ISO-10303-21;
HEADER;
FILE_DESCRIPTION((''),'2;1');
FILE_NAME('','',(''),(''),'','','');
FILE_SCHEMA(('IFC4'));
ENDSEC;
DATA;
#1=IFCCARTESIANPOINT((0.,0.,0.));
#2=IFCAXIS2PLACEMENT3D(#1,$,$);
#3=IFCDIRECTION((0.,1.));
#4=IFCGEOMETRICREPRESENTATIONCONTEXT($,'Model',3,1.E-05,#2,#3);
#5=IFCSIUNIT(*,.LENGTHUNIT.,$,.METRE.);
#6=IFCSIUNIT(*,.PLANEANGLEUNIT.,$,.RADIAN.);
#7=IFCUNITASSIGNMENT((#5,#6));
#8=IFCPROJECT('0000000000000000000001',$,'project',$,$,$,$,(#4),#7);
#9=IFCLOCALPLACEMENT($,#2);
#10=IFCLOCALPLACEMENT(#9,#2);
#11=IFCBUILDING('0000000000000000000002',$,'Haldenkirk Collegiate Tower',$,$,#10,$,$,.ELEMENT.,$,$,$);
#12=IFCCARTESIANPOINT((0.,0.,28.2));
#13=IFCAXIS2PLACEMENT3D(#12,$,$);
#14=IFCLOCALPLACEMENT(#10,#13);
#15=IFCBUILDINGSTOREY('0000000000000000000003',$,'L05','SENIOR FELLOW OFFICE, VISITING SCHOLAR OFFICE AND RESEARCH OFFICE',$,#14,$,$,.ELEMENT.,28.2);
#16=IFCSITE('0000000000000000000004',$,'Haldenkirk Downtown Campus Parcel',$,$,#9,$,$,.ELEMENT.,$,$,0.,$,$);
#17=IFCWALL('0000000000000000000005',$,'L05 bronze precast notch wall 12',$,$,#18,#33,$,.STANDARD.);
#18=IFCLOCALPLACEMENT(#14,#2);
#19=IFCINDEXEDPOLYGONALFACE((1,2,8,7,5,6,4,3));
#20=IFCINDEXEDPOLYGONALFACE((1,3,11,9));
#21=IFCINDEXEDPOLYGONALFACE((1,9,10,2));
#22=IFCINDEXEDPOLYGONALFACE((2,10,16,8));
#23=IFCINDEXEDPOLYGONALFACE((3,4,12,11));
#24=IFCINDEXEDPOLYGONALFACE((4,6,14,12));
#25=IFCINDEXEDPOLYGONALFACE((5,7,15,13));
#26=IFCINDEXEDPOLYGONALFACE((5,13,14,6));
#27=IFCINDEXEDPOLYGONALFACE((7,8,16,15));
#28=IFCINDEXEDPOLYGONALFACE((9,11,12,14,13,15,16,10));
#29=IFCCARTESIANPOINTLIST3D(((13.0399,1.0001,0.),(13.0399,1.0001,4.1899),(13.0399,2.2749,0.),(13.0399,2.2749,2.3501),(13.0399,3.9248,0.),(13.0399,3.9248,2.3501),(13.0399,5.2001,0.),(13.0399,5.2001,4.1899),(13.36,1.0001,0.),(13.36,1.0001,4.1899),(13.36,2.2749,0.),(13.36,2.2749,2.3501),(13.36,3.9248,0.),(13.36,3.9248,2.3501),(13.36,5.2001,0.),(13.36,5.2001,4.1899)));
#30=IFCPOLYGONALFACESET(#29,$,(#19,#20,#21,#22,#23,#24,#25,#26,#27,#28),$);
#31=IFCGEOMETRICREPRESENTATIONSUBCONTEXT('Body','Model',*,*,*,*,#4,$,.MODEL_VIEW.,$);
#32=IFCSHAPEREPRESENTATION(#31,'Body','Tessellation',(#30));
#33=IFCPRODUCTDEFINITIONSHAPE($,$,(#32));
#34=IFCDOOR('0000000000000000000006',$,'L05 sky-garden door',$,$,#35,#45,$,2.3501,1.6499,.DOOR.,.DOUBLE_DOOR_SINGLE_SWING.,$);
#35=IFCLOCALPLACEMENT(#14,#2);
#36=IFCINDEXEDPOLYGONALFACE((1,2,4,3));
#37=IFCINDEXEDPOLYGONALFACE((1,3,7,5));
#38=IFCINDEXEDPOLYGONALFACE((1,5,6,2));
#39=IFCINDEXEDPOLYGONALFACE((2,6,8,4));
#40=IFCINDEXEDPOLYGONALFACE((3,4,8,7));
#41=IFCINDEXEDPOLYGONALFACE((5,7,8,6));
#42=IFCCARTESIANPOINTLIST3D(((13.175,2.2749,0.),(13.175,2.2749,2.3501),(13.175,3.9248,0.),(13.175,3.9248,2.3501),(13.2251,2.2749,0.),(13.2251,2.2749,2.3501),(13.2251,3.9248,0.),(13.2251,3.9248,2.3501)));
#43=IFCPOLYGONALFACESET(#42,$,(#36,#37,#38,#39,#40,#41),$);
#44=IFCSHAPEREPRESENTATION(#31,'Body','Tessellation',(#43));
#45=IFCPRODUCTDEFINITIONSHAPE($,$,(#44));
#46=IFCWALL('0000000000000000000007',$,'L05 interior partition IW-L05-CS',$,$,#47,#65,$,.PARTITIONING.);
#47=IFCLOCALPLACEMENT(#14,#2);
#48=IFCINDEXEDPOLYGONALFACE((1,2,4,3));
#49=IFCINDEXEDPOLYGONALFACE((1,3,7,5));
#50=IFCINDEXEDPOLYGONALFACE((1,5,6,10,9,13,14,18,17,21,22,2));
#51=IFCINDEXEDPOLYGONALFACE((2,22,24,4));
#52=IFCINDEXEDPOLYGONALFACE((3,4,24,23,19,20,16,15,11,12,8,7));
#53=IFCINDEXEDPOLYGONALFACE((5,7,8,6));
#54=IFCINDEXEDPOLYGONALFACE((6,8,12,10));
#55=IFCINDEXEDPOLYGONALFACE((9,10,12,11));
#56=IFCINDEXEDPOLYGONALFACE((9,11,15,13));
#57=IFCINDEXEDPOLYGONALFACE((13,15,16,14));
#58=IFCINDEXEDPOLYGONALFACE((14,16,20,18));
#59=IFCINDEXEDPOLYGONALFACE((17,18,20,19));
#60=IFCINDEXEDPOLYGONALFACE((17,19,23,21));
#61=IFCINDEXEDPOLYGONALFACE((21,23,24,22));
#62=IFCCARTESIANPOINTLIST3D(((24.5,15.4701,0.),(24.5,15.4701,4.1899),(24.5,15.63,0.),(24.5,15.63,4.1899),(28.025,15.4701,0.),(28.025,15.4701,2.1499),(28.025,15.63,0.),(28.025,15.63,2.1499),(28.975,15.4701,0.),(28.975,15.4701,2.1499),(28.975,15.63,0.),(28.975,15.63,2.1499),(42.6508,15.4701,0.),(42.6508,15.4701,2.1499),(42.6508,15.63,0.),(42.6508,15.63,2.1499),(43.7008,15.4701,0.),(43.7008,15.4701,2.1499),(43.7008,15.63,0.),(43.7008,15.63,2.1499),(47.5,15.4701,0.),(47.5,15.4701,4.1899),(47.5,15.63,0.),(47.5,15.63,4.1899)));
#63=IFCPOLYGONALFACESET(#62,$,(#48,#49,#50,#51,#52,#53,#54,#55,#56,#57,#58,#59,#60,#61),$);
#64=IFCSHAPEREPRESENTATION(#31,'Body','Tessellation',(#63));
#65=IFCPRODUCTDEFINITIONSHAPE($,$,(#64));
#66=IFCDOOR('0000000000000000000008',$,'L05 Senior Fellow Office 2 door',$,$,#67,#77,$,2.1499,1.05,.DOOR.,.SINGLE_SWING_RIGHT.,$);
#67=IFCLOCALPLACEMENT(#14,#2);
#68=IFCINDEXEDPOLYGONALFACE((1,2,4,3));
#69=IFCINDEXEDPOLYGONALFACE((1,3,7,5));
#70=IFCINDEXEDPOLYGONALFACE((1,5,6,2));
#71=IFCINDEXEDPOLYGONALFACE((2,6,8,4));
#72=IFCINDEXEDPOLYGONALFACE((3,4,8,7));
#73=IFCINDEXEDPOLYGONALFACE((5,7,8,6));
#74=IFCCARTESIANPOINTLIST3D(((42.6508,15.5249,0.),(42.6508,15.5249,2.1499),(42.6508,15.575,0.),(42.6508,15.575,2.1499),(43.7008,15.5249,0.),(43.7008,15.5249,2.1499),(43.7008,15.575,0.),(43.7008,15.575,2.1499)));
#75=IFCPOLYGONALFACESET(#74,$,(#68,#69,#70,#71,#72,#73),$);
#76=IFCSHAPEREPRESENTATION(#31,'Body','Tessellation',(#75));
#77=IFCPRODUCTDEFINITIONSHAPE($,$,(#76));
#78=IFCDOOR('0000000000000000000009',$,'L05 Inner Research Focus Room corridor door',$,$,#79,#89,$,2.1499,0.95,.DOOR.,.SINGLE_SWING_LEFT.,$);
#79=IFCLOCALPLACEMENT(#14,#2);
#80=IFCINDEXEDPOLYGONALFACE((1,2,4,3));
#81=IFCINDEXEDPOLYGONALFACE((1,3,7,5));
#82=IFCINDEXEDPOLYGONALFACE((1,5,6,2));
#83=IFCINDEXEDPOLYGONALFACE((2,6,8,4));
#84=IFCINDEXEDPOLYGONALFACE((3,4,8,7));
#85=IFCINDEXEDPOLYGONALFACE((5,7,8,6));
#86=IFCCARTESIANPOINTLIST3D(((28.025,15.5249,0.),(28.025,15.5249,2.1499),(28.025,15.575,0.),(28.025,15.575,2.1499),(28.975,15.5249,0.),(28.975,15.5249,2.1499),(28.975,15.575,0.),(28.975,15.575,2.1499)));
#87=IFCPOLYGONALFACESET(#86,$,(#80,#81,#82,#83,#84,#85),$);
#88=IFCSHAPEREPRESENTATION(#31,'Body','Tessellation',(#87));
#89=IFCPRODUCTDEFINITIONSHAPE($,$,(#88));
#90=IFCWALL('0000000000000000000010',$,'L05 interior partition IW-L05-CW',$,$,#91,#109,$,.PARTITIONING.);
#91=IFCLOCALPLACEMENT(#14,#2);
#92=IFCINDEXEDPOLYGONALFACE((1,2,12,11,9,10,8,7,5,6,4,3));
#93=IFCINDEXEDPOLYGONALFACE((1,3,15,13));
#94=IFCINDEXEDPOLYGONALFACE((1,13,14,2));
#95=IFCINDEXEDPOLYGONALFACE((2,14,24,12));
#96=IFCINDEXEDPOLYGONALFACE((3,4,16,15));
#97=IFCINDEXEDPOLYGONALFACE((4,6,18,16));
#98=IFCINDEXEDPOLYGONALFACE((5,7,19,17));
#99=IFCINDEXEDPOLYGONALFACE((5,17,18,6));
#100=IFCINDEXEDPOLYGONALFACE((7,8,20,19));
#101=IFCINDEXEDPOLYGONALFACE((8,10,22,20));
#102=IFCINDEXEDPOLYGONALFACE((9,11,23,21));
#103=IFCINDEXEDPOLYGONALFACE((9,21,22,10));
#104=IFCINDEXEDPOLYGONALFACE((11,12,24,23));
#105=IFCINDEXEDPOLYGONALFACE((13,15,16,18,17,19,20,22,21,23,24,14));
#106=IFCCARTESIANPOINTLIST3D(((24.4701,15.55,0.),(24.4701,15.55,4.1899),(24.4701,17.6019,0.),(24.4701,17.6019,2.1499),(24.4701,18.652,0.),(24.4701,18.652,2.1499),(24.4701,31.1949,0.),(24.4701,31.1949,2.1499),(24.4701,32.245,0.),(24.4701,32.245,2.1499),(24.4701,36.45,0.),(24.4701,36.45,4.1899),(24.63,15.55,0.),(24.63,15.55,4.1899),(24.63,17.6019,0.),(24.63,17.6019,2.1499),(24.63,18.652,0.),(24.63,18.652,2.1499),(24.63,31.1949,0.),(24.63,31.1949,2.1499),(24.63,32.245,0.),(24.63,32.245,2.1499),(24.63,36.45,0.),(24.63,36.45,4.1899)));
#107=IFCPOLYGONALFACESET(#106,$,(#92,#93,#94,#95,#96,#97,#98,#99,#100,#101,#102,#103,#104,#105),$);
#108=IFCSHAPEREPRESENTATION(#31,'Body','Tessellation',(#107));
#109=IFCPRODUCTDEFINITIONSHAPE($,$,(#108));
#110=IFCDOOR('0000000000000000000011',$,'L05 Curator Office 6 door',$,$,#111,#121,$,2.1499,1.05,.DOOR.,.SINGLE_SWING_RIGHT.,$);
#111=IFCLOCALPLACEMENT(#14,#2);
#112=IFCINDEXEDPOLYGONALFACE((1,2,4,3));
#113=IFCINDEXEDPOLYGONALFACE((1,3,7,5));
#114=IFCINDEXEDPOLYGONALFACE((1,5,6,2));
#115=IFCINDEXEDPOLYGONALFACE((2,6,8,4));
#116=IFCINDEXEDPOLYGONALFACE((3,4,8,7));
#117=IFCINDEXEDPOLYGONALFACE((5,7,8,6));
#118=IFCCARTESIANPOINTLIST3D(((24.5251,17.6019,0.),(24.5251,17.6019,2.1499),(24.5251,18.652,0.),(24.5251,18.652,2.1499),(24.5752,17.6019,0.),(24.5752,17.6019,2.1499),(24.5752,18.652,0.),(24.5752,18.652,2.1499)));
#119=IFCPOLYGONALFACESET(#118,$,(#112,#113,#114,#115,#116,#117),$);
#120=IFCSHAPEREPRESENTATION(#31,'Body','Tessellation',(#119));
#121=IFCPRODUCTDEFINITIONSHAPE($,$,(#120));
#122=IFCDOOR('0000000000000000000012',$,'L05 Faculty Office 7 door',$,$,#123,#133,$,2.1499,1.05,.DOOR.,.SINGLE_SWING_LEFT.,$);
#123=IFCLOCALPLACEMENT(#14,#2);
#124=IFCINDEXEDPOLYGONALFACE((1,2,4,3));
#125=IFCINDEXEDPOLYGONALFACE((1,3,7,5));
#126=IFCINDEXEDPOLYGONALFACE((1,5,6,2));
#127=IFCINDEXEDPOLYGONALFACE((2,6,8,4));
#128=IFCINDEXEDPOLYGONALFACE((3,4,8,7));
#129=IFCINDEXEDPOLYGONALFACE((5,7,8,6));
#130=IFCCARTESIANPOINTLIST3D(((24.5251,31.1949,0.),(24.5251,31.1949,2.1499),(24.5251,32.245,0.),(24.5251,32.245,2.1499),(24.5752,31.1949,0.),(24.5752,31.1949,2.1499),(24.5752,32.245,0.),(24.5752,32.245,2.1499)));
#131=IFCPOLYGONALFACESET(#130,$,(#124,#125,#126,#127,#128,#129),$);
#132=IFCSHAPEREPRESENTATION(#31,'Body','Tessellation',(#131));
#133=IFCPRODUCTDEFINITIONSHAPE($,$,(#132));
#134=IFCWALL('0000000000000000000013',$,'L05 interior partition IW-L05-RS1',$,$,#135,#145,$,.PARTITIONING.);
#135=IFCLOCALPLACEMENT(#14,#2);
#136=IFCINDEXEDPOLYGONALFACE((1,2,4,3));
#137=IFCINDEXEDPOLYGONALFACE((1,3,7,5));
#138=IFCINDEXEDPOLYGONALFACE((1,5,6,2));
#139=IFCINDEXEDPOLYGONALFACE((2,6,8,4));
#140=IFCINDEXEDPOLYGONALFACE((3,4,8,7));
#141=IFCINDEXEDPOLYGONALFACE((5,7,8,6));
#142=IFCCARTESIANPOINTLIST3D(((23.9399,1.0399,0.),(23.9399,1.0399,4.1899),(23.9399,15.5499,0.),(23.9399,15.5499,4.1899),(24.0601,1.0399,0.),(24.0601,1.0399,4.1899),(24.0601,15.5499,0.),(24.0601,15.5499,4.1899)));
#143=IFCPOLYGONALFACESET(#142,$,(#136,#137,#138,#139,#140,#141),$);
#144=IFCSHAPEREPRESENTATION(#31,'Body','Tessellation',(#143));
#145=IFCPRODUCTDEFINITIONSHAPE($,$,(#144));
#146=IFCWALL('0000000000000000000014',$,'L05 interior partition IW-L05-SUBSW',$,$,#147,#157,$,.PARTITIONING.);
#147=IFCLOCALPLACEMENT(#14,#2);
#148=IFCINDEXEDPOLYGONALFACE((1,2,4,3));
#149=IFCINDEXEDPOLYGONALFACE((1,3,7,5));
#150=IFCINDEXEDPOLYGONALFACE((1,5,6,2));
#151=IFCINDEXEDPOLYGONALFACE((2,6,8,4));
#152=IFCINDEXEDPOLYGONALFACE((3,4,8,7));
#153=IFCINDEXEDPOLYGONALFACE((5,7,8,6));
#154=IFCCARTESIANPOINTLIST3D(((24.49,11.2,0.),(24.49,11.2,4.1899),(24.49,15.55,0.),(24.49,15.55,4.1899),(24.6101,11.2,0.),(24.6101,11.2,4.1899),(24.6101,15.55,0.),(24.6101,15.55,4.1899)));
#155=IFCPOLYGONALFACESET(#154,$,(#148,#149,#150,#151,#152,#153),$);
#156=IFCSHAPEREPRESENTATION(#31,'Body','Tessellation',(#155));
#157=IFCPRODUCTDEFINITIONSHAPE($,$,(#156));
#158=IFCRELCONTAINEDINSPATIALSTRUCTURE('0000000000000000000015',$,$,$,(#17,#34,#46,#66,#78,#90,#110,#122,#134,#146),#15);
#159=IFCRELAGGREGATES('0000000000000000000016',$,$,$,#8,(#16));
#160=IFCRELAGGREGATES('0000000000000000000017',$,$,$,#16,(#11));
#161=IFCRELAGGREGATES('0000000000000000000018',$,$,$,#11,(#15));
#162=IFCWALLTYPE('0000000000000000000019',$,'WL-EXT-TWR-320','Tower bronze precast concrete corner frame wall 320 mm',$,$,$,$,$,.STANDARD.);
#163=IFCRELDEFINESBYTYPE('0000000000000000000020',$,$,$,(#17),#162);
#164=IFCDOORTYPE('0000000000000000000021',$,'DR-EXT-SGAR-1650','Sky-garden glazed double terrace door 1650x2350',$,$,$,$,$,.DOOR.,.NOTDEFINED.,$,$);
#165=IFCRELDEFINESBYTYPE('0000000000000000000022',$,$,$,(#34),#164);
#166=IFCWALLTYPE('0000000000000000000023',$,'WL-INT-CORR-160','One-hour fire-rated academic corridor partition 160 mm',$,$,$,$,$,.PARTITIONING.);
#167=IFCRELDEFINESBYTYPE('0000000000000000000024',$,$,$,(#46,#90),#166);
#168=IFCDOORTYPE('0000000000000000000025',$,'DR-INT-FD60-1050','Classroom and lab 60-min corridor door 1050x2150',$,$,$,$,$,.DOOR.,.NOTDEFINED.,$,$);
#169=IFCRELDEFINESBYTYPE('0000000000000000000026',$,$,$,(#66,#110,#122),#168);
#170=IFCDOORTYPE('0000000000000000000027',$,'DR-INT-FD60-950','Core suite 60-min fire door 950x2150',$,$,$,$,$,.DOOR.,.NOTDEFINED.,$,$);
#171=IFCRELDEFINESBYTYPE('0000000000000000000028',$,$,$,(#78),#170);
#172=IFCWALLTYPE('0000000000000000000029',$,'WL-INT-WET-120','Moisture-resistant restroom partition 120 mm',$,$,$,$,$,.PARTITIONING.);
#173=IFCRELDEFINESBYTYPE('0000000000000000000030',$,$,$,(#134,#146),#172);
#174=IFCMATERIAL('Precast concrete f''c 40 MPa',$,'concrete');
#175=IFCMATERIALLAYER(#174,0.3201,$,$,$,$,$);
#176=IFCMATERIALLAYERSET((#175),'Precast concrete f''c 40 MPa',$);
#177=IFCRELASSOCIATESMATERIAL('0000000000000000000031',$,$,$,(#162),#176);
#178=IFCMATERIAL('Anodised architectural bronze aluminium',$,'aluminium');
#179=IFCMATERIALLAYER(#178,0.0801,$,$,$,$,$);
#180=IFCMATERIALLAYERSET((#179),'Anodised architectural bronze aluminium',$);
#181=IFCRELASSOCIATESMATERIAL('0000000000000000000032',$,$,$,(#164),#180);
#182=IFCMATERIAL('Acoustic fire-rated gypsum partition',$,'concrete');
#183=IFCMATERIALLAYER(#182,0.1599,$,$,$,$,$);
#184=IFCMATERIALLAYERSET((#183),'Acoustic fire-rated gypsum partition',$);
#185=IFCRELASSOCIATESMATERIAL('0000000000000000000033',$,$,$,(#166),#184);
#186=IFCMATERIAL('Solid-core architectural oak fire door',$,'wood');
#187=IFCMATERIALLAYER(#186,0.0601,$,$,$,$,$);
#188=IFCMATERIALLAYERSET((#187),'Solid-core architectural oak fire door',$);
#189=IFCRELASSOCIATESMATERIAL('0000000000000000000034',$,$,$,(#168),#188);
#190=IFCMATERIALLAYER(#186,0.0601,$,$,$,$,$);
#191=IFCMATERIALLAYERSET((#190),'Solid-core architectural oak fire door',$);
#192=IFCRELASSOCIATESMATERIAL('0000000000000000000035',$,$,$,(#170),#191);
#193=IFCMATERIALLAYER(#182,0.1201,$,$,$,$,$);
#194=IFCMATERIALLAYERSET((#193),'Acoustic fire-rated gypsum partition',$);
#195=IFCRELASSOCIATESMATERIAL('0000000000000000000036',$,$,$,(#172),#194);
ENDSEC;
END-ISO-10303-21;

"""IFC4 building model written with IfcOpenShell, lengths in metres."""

from ifc_helpers import new_model, si_unit, direction, frame, frame_2d, origin, place, context, subcontext, project, spatial, rectangle, extrude, material, layer, layer_set, type_object, element, fill, save


model = new_model("IFC4")

# Units and contexts
model_context = context("Model", 3, precision=1e-05, world=origin(), true_north=direction((0.0, 1.0)))
body_context = subcontext(model_context, "Body", "Model", "MODEL_VIEW")
ifc_project = project(units=[si_unit("LENGTHUNIT", "METRE"), si_unit("PLANEANGLEUNIT", "RADIAN")], contexts=[model_context])

# Site, building, storey
site_placement = place(None, origin())
site = spatial("IfcSite", under=ifc_project, at=site_placement, Name="Haldenkirk Downtown Campus Parcel", CompositionType="ELEMENT", RefElevation=0.0)
building_placement = place(site_placement, origin())
building = spatial("IfcBuilding", under=site, at=building_placement, Name="Haldenkirk Collegiate Tower", CompositionType="ELEMENT")
storey_placement = place(building_placement, frame((0.0, 0.0, 28.2)))
storey = spatial("IfcBuildingStorey", under=building, at=storey_placement, Name="L05", Description="SENIOR FELLOW OFFICE, VISITING SCHOLAR OFFICE AND RESEARCH OFFICE", CompositionType="ELEMENT", Elevation=28.2)

# Shared definitions
ifc_material_1 = material(Name="Anodised architectural bronze aluminium", Category="aluminium")

# Shared definitions
ifc_material_2 = material(Name="Precast concrete f'c 40 MPa", Category="concrete")
ifc_layer_1 = layer(ifc_material_2, 0.3201)
ifc_layer_set_1 = layer_set([ifc_layer_1], Name="Precast concrete f'c 40 MPa")
wall_type_1 = type_object("IfcWallType", Name="WL-EXT-TWR-320", Description="Tower bronze precast concrete corner frame wall 320 mm", PredefinedType="STANDARD", material=ifc_layer_set_1)

# Wall, opening, door
wall_1_placement = place(storey_placement, frame((13.2, 1.0, 0.0), z_axis=(0.0, 0.0, 1.0), x_axis=(0.0, 1.0, 0.0)))
wall_1 = element("IfcWall", 1, at=wall_1_placement, inside=storey, type_object=wall_type_1, Name="L05 bronze precast notch wall 12", PredefinedType="STANDARD", context=body_context, shape_type="SweptSolid", body=[
    extrude(rectangle(XDim=4.2, YDim=0.3201, at=frame_2d((2.1001, 0.0))), origin(), (0.0, 0.0, 1.0), 4.1899),
])
opening_1_placement = place(wall_1_placement, frame((1.2749, 0.0, 0.0)))
opening_1 = element("IfcOpeningElement", 2, at=opening_1_placement, cuts=wall_1, PredefinedType="OPENING", context=body_context, shape_type="SweptSolid", body=[
    extrude(rectangle(XDim=1.6499, YDim=2.3501, at=frame_2d((0.825, 1.175))), frame((0.0, 0.1699, 0.0), z_axis=(0.0, -1.0, 0.0), x_axis=(1.0, 0.0, 0.0)), (0.0, 0.0, 1.0), 0.3401),
])
ifc_layer_2 = layer(ifc_material_1, 0.0801)
ifc_layer_set_2 = layer_set([ifc_layer_2], Name="Anodised architectural bronze aluminium")
door_type_1 = type_object("IfcDoorType", Name="DR-EXT-SGAR-1650", Description="Sky-garden glazed double terrace door 1650x2350", OperationType="NOTDEFINED", PredefinedType="DOOR", material=ifc_layer_set_2)
door_1_placement = place(opening_1_placement, origin())
door_1 = element("IfcDoor", 3, at=door_1_placement, inside=storey, type_object=door_type_1, Name="L05 sky-garden door", OperationType="DOUBLE_DOOR_SINGLE_SWING", OverallHeight=2.3501, OverallWidth=1.6499, PredefinedType="DOOR", context=body_context, shape_type="SweptSolid", body=[
    extrude(rectangle(XDim=1.6499, YDim=2.3501, at=frame_2d((0.825, 1.175))), frame((0.0, 0.0249, 0.0), z_axis=(0.0, -1.0, 0.0), x_axis=(1.0, 0.0, 0.0)), (0.0, 0.0, 1.0), 0.05),
])
fill(opening_1, door_1)

# Walls, openings, doors
ifc_material_3 = material(Name="Acoustic fire-rated gypsum partition", Category="concrete")
ifc_layer_3 = layer(ifc_material_3, 0.1599)
ifc_layer_set_3 = layer_set([ifc_layer_3], Name="Acoustic fire-rated gypsum partition")
wall_type_2 = type_object("IfcWallType", Name="WL-INT-CORR-160", Description="One-hour fire-rated academic corridor partition 160 mm", PredefinedType="PARTITIONING", material=ifc_layer_set_3)
wall_2_placement = place(storey_placement, frame((24.5, 15.55, 0.0), z_axis=(0.0, 0.0, 1.0), x_axis=(1.0, 0.0, 0.0)))
wall_2 = element("IfcWall", 4, at=wall_2_placement, inside=storey, type_object=wall_type_2, Name="L05 interior partition IW-L05-CS", PredefinedType="PARTITIONING", context=body_context, shape_type="SweptSolid", body=[
    extrude(rectangle(XDim=23.0, YDim=0.1599, at=frame_2d((11.5, 0.0))), origin(), (0.0, 0.0, 1.0), 4.1899),
])
opening_2_placement = place(wall_2_placement, frame((3.5249, 0.0, 0.0)))
opening_2 = element("IfcOpeningElement", 5, at=opening_2_placement, cuts=wall_2, PredefinedType="OPENING", context=body_context, shape_type="SweptSolid", body=[
    extrude(rectangle(XDim=0.95, YDim=2.1499, at=frame_2d((0.4751, 1.075))), frame((0.0, 0.0898, 0.0), z_axis=(0.0, -1.0, 0.0), x_axis=(1.0, 0.0, 0.0)), (0.0, 0.0, 1.0), 0.1799),
])
opening_3_placement = place(wall_2_placement, frame((18.1509, 0.0, 0.0)))
opening_3 = element("IfcOpeningElement", 6, at=opening_3_placement, cuts=wall_2, PredefinedType="OPENING", context=body_context, shape_type="SweptSolid", body=[
    extrude(rectangle(XDim=1.05, YDim=2.1499, at=frame_2d((0.5249, 1.075))), frame((0.0, 0.0898, 0.0), z_axis=(0.0, -1.0, 0.0), x_axis=(1.0, 0.0, 0.0)), (0.0, 0.0, 1.0), 0.1799),
])
ifc_material_4 = material(Name="Solid-core architectural oak fire door", Category="wood")
ifc_layer_4 = layer(ifc_material_4, 0.0601)
ifc_layer_set_4 = layer_set([ifc_layer_4], Name="Solid-core architectural oak fire door")
door_type_2 = type_object("IfcDoorType", Name="DR-INT-FD60-1050", Description="Classroom and lab 60-min corridor door 1050x2150", OperationType="NOTDEFINED", PredefinedType="DOOR", material=ifc_layer_set_4)
door_2_placement = place(opening_3_placement, origin())
door_2 = element("IfcDoor", 7, at=door_2_placement, inside=storey, type_object=door_type_2, Name="L05 Senior Fellow Office 2 door", OperationType="SINGLE_SWING_RIGHT", OverallHeight=2.1499, OverallWidth=1.05, PredefinedType="DOOR", context=body_context, shape_type="SweptSolid", body=[
    extrude(rectangle(XDim=1.05, YDim=2.1499, at=frame_2d((0.5249, 1.075))), frame((0.0, 0.0249, 0.0), z_axis=(0.0, -1.0, 0.0), x_axis=(1.0, 0.0, 0.0)), (0.0, 0.0, 1.0), 0.05),
])
fill(opening_3, door_2)
ifc_layer_5 = layer(ifc_material_4, 0.0601)
ifc_layer_set_5 = layer_set([ifc_layer_5], Name="Solid-core architectural oak fire door")
door_type_3 = type_object("IfcDoorType", Name="DR-INT-FD60-950", Description="Core suite 60-min fire door 950x2150", OperationType="NOTDEFINED", PredefinedType="DOOR", material=ifc_layer_set_5)
door_3_placement = place(opening_2_placement, origin())
door_3 = element("IfcDoor", 8, at=door_3_placement, inside=storey, type_object=door_type_3, Name="L05 Inner Research Focus Room corridor door", OperationType="SINGLE_SWING_LEFT", OverallHeight=2.1499, OverallWidth=0.95, PredefinedType="DOOR", context=body_context, shape_type="SweptSolid", body=[
    extrude(rectangle(XDim=0.95, YDim=2.1499, at=frame_2d((0.4751, 1.075))), frame((0.0, 0.0249, 0.0), z_axis=(0.0, -1.0, 0.0), x_axis=(1.0, 0.0, 0.0)), (0.0, 0.0, 1.0), 0.05),
])
fill(opening_2, door_3)
wall_3_placement = place(storey_placement, frame((24.55, 15.55, 0.0), z_axis=(0.0, 0.0, 1.0), x_axis=(0.0, 1.0, 0.0)))
wall_3 = element("IfcWall", 9, at=wall_3_placement, inside=storey, type_object=wall_type_2, Name="L05 interior partition IW-L05-CW", PredefinedType="PARTITIONING", context=body_context, shape_type="SweptSolid", body=[
    extrude(rectangle(XDim=20.8999, YDim=0.1599, at=frame_2d((10.45, 0.0))), origin(), (0.0, 0.0, 1.0), 4.1899),
])
opening_4_placement = place(wall_3_placement, frame((2.052, 0.0, 0.0)))
opening_4 = element("IfcOpeningElement", 10, at=opening_4_placement, cuts=wall_3, PredefinedType="OPENING", context=body_context, shape_type="SweptSolid", body=[
    extrude(rectangle(XDim=1.05, YDim=2.1499, at=frame_2d((0.5249, 1.075))), frame((0.0, 0.0898, 0.0), z_axis=(0.0, -1.0, 0.0), x_axis=(1.0, 0.0, 0.0)), (0.0, 0.0, 1.0), 0.1799),
])
opening_5_placement = place(wall_3_placement, frame((15.645, 0.0, 0.0)))
opening_5 = element("IfcOpeningElement", 11, at=opening_5_placement, cuts=wall_3, PredefinedType="OPENING", context=body_context, shape_type="SweptSolid", body=[
    extrude(rectangle(XDim=1.05, YDim=2.1499, at=frame_2d((0.5249, 1.075))), frame((0.0, 0.0898, 0.0), z_axis=(0.0, -1.0, 0.0), x_axis=(1.0, 0.0, 0.0)), (0.0, 0.0, 1.0), 0.1799),
])
door_4_placement = place(opening_4_placement, origin())
door_4 = element("IfcDoor", 12, at=door_4_placement, inside=storey, type_object=door_type_2, Name="L05 Curator Office 6 door", OperationType="SINGLE_SWING_RIGHT", OverallHeight=2.1499, OverallWidth=1.05, PredefinedType="DOOR", context=body_context, shape_type="SweptSolid", body=[
    extrude(rectangle(XDim=1.05, YDim=2.1499, at=frame_2d((0.5249, 1.075))), frame((0.0, 0.0249, 0.0), z_axis=(0.0, -1.0, 0.0), x_axis=(1.0, 0.0, 0.0)), (0.0, 0.0, 1.0), 0.05),
])
fill(opening_4, door_4)
door_5_placement = place(opening_5_placement, origin())
door_5 = element("IfcDoor", 13, at=door_5_placement, inside=storey, type_object=door_type_2, Name="L05 Faculty Office 7 door", OperationType="SINGLE_SWING_LEFT", OverallHeight=2.1499, OverallWidth=1.05, PredefinedType="DOOR", context=body_context, shape_type="SweptSolid", body=[
    extrude(rectangle(XDim=1.05, YDim=2.1499, at=frame_2d((0.5249, 1.075))), frame((0.0, 0.0249, 0.0), z_axis=(0.0, -1.0, 0.0), x_axis=(1.0, 0.0, 0.0)), (0.0, 0.0, 1.0), 0.05),
])
fill(opening_5, door_5)

# Walls
ifc_layer_6 = layer(ifc_material_3, 0.1201)
ifc_layer_set_6 = layer_set([ifc_layer_6], Name="Acoustic fire-rated gypsum partition")
wall_type_3 = type_object("IfcWallType", Name="WL-INT-WET-120", Description="Moisture-resistant restroom partition 120 mm", PredefinedType="PARTITIONING", material=ifc_layer_set_6)
wall_4_placement = place(storey_placement, frame((24.0, 1.04, 0.0), z_axis=(0.0, 0.0, 1.0), x_axis=(0.0, 1.0, 0.0)))
element("IfcWall", 14, at=wall_4_placement, inside=storey, type_object=wall_type_3, Name="L05 interior partition IW-L05-RS1", PredefinedType="PARTITIONING", context=body_context, shape_type="SweptSolid", body=[
    extrude(rectangle(XDim=14.51, YDim=0.1201, at=frame_2d((7.2549, 0.0))), origin(), (0.0, 0.0, 1.0), 4.1899),
])
wall_5_placement = place(storey_placement, frame((24.55, 11.2, 0.0), z_axis=(0.0, 0.0, 1.0), x_axis=(0.0, 1.0, 0.0)))
element("IfcWall", 15, at=wall_5_placement, inside=storey, type_object=wall_type_3, Name="L05 interior partition IW-L05-SUBSW", PredefinedType="PARTITIONING", context=body_context, shape_type="SweptSolid", body=[
    extrude(rectangle(XDim=4.3501, YDim=0.1201, at=frame_2d((2.175, 0.0))), origin(), (0.0, 0.0, 1.0), 4.1899),
])

save(model, "model.ifc")
